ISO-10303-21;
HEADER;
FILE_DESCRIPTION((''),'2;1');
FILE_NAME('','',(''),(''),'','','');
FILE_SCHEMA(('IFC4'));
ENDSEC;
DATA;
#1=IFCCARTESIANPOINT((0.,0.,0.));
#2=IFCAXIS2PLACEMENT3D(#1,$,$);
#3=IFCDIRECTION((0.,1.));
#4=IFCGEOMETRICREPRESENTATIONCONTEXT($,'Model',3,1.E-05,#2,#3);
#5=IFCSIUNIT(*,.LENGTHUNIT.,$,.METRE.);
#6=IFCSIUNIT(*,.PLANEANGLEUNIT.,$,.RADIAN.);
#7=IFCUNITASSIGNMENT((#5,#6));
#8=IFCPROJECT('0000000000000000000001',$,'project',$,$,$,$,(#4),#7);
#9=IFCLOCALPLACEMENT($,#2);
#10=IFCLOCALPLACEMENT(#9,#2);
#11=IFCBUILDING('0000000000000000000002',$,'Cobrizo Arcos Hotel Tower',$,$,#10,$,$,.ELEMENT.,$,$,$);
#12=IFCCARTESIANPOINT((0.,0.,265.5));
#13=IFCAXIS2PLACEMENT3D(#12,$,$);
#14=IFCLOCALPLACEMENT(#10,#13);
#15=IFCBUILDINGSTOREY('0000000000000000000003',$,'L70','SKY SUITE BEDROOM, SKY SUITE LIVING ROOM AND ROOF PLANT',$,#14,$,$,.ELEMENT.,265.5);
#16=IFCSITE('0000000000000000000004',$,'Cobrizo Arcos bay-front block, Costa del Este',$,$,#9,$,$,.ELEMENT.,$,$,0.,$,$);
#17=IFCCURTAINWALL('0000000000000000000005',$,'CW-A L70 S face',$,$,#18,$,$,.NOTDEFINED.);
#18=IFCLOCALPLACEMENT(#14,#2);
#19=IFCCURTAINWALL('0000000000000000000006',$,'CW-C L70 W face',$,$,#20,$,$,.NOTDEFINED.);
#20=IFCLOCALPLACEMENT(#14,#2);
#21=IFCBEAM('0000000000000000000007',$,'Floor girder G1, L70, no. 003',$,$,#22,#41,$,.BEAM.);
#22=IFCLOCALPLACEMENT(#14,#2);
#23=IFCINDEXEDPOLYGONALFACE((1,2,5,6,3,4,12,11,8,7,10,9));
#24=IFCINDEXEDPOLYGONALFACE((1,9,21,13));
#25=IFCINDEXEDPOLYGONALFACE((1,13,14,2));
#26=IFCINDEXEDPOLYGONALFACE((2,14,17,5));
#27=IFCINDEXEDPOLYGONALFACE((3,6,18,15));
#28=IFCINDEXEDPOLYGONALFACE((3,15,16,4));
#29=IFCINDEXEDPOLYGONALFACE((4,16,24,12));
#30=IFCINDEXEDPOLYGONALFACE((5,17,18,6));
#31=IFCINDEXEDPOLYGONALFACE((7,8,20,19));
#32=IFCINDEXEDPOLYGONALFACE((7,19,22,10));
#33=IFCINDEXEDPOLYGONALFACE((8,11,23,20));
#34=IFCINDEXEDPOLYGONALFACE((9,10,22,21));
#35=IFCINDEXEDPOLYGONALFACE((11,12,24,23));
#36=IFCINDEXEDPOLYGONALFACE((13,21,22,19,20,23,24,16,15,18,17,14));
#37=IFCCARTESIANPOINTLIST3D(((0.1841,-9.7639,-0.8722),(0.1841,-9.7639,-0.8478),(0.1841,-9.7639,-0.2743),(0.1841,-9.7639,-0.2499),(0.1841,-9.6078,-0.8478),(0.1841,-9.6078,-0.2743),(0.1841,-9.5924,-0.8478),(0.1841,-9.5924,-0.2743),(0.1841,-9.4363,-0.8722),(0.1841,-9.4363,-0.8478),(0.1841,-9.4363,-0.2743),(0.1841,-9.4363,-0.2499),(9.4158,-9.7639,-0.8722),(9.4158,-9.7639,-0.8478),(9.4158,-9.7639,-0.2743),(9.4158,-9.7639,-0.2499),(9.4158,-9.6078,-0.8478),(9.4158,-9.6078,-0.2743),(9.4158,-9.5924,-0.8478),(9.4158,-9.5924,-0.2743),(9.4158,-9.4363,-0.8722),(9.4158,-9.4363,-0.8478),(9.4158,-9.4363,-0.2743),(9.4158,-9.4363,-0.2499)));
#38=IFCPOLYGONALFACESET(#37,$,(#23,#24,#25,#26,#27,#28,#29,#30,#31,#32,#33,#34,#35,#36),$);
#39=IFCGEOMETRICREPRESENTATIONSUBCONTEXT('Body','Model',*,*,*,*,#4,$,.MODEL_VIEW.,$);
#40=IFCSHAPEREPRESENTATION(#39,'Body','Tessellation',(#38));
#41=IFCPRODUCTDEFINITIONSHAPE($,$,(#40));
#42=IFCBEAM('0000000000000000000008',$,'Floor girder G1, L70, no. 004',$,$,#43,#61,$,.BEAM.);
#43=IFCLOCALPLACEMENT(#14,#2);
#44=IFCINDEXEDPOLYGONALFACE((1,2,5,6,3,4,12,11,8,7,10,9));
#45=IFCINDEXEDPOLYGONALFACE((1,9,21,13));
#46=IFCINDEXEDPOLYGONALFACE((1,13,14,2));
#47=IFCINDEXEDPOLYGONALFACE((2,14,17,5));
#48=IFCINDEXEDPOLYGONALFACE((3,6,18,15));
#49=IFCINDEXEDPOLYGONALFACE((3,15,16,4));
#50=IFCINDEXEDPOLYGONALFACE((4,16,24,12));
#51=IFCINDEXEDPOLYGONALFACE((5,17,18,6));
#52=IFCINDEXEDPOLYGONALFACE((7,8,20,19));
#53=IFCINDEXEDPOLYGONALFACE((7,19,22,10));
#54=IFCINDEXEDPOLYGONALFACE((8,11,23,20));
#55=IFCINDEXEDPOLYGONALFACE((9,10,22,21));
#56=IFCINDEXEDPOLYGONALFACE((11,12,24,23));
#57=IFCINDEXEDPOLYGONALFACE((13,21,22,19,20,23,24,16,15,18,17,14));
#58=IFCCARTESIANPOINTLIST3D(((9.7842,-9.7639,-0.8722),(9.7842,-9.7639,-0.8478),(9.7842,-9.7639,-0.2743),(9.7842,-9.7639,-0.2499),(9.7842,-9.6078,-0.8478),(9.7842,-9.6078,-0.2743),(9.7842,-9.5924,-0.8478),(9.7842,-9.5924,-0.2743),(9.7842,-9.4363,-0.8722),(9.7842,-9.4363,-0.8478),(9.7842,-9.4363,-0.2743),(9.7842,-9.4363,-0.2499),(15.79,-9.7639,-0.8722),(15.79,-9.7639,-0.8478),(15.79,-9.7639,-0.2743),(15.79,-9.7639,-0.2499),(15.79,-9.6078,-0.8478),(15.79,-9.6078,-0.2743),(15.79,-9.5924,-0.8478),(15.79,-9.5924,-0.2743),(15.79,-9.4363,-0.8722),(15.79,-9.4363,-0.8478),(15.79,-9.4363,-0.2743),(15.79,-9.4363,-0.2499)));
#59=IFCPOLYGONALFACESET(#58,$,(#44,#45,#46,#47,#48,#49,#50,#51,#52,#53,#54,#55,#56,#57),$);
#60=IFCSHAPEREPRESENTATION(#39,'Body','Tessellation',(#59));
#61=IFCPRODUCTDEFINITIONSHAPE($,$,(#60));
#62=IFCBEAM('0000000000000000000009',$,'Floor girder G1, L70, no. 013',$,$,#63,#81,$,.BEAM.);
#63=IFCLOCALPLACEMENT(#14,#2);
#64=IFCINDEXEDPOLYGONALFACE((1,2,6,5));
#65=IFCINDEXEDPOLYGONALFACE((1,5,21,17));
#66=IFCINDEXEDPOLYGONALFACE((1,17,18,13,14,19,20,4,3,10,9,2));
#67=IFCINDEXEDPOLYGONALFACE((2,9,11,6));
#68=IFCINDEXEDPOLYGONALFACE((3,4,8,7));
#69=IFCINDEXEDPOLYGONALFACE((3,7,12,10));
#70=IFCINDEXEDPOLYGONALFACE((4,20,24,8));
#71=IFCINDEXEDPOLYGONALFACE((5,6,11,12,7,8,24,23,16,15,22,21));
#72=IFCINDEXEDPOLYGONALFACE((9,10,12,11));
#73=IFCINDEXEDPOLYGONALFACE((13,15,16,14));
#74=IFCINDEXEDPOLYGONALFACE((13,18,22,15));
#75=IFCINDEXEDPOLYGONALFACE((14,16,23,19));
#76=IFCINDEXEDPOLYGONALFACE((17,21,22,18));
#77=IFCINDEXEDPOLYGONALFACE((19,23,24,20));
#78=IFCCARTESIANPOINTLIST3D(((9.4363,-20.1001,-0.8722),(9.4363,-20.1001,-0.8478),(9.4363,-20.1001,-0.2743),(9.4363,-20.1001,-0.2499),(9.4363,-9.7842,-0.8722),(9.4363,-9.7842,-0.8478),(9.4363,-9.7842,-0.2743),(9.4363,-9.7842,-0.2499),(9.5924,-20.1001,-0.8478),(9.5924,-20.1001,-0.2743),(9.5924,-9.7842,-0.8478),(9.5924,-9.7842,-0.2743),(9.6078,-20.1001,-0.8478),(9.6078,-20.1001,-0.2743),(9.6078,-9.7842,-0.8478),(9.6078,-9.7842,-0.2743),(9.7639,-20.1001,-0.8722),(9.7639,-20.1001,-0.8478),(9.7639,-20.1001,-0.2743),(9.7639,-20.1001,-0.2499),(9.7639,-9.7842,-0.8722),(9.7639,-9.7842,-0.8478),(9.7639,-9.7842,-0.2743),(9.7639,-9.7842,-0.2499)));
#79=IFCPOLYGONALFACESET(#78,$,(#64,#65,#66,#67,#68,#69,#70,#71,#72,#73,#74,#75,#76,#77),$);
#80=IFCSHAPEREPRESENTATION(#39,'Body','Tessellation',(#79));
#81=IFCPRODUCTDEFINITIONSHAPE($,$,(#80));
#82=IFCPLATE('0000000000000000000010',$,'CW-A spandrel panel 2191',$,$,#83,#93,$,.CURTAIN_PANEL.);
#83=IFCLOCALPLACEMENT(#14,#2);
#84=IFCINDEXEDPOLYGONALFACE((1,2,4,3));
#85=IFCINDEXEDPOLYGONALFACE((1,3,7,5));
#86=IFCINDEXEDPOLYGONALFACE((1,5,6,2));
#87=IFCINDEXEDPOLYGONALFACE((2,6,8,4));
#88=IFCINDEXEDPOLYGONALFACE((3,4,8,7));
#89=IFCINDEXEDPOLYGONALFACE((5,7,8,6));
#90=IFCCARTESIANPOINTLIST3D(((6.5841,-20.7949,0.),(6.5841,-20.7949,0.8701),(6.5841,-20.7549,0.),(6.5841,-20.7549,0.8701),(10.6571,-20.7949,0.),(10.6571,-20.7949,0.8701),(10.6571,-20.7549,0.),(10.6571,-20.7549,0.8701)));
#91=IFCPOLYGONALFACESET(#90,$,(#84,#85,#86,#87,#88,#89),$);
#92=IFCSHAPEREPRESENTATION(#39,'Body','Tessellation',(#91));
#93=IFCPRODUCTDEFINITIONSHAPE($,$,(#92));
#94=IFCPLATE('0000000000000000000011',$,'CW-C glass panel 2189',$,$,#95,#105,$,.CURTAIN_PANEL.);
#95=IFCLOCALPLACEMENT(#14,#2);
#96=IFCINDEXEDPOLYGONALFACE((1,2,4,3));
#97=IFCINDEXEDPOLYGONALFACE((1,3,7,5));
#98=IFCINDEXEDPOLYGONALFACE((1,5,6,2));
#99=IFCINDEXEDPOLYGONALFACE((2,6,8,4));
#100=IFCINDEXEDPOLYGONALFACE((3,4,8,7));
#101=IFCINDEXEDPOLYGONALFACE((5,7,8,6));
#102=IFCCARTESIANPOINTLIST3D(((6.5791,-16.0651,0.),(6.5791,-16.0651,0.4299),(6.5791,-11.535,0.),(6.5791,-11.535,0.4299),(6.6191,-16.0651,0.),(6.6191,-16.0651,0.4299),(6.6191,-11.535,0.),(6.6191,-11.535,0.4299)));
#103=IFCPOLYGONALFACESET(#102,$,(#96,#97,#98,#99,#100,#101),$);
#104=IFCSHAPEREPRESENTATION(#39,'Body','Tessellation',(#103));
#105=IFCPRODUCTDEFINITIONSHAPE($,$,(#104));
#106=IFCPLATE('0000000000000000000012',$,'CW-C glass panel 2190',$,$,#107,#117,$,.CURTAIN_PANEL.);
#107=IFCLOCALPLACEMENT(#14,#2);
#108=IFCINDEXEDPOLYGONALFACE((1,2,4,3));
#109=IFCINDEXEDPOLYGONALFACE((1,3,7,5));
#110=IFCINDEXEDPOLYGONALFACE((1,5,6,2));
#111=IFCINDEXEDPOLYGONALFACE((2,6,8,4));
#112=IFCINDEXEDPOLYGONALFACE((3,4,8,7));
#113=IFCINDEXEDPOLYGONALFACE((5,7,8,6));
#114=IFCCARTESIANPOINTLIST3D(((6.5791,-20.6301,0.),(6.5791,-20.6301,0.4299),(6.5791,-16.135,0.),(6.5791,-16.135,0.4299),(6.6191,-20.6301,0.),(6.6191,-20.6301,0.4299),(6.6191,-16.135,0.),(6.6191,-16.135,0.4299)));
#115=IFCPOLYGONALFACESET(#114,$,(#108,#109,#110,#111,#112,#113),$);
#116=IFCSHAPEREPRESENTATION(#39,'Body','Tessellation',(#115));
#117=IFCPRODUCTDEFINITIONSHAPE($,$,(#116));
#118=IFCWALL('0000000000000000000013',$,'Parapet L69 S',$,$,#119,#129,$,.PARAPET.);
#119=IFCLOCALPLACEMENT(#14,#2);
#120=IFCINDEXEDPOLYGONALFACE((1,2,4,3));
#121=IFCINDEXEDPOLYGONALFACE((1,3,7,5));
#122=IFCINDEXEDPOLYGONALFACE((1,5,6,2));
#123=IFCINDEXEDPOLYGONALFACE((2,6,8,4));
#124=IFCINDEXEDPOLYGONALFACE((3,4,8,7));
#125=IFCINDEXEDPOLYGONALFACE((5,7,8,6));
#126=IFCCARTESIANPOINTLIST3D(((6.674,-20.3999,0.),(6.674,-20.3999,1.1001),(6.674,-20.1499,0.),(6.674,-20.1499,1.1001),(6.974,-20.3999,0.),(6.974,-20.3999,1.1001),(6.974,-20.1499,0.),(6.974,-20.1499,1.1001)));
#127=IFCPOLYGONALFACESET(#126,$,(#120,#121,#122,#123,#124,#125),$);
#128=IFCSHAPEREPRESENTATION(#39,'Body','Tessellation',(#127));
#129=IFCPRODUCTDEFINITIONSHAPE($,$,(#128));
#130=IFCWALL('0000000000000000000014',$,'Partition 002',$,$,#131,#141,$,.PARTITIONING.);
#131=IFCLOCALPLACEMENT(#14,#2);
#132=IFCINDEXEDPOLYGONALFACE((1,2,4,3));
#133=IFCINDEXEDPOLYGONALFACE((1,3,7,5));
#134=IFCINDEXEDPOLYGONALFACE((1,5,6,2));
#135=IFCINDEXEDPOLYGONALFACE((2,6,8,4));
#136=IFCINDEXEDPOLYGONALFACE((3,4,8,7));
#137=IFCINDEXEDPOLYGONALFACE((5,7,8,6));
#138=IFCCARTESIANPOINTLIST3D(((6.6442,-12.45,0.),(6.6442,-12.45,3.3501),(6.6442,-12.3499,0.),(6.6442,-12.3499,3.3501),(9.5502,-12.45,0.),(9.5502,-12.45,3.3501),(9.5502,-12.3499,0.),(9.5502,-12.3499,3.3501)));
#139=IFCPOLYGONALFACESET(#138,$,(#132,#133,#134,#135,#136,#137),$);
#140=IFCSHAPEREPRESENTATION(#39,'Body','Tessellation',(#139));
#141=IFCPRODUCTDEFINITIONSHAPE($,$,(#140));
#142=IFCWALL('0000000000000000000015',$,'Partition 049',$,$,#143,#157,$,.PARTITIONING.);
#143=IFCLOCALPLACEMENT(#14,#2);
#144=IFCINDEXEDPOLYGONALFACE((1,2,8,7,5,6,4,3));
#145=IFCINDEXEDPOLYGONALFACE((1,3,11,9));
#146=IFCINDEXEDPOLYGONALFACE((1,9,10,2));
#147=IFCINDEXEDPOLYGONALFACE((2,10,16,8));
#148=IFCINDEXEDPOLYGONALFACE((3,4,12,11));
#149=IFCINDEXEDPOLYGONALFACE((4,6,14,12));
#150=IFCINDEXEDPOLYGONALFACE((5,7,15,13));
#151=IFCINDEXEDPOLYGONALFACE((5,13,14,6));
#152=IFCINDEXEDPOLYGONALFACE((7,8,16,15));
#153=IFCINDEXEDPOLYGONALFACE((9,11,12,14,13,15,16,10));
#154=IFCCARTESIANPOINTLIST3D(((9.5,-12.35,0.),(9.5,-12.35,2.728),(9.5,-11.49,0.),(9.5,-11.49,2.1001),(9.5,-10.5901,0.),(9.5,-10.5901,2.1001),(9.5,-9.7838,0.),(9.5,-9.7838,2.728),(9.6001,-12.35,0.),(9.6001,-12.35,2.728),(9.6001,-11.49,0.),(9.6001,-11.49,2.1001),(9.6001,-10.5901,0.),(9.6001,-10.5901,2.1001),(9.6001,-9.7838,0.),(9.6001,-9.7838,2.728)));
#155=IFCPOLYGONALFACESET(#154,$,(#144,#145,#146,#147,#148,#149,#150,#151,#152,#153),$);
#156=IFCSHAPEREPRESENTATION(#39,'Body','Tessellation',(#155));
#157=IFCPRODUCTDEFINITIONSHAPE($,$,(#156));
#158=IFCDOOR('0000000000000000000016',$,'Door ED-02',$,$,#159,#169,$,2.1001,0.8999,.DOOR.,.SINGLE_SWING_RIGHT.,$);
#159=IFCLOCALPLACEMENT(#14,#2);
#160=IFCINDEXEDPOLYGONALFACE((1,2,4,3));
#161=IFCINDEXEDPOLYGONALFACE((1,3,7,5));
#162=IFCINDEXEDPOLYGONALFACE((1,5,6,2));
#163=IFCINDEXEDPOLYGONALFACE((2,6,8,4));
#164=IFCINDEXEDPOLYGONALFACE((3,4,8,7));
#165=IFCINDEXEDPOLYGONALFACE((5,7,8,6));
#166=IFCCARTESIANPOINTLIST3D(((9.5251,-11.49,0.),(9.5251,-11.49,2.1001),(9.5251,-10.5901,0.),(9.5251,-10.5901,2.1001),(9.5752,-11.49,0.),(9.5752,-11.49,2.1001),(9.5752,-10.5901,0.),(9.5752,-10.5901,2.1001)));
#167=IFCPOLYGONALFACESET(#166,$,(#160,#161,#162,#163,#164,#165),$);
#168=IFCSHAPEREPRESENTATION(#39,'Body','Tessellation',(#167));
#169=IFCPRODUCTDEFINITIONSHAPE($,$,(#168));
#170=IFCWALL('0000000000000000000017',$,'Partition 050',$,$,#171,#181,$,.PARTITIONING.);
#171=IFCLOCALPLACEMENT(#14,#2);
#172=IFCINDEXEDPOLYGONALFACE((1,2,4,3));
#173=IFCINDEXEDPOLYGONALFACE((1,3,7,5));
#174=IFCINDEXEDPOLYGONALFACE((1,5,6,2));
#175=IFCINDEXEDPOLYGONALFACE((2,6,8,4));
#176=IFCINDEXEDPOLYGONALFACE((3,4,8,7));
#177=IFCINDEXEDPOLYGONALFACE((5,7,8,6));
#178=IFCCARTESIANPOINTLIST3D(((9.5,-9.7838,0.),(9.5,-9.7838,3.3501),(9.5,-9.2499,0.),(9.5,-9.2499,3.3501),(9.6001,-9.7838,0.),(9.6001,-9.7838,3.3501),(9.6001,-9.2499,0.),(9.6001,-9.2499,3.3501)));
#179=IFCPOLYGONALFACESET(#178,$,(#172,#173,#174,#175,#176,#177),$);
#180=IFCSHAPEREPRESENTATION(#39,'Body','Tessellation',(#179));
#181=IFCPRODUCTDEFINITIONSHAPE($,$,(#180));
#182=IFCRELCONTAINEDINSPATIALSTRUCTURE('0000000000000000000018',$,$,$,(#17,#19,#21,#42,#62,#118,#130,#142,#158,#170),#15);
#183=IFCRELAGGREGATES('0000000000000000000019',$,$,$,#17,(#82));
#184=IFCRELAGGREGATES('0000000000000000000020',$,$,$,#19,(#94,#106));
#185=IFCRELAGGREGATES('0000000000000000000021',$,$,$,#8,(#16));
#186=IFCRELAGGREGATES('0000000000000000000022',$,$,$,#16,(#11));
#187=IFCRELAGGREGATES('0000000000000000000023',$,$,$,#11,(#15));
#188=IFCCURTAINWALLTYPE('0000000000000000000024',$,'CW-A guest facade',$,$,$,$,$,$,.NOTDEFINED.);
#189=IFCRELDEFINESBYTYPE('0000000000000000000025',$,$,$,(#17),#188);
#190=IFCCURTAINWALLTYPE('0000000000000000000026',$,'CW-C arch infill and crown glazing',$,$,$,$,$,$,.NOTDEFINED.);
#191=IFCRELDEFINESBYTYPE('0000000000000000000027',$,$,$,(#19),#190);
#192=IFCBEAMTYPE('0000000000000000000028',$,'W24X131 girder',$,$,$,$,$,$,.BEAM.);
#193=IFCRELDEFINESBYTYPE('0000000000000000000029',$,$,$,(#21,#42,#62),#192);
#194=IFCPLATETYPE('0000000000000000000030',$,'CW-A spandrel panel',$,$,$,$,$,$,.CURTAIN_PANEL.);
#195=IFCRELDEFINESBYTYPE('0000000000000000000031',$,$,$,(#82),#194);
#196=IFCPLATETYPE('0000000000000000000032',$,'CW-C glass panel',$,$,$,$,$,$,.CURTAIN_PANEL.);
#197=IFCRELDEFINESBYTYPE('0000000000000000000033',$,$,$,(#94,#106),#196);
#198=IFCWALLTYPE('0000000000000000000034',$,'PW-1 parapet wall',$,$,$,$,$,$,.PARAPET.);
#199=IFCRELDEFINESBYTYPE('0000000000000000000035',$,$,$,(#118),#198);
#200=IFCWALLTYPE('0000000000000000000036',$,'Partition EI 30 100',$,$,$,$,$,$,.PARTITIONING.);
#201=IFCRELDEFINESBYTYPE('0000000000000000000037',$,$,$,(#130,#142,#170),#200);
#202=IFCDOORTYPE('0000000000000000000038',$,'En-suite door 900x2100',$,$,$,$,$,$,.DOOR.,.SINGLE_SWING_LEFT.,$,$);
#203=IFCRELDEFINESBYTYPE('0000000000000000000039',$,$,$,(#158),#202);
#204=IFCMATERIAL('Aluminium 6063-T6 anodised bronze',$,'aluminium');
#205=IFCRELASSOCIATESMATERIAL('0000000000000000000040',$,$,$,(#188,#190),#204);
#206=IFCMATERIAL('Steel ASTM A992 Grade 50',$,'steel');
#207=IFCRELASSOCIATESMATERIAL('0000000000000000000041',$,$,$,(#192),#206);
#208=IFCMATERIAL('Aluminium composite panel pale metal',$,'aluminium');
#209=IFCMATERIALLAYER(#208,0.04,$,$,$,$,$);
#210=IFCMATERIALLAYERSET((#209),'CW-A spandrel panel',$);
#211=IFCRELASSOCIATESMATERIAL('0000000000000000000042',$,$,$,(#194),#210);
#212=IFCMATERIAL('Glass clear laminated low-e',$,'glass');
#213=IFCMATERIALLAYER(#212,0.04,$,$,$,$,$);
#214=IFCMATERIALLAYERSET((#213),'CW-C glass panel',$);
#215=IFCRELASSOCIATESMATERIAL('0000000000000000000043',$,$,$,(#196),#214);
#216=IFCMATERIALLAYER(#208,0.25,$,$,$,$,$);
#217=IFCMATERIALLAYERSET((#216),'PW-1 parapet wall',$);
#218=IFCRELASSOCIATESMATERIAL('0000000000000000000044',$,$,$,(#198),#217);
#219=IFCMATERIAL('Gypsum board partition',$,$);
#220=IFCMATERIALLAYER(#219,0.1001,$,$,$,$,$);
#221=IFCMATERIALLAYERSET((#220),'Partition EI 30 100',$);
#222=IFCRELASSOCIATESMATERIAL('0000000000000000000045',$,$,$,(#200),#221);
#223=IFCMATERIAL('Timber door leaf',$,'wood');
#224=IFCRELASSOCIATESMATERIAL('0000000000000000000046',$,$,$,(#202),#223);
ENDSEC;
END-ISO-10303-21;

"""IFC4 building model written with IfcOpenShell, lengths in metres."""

from ifc_helpers import new_model, si_unit, direction, frame, frame_2d, origin, origin_2d, place, context, subcontext, project, spatial, rectangle, i_section, extrude, material, layer, layer_set, material_profile, profile_set, type_object, element, fill, aggregate, save


model = new_model("IFC4")

# Units and contexts
model_context = context("Model", 3, precision=1e-05, world=origin(), true_north=direction((0.0, 1.0)))
body_context = subcontext(model_context, "Body", "Model", "MODEL_VIEW")
ifc_project = project(units=[si_unit("LENGTHUNIT", "METRE"), si_unit("PLANEANGLEUNIT", "RADIAN")], contexts=[model_context])

# Site, building, storey
site_placement = place(None, origin())
site = spatial("IfcSite", under=ifc_project, at=site_placement, Name="Cobrizo Arcos bay-front block, Costa del Este", CompositionType="ELEMENT", RefElevation=0.0)
building_placement = place(site_placement, origin())
building = spatial("IfcBuilding", under=site, at=building_placement, Name="Cobrizo Arcos Hotel Tower", CompositionType="ELEMENT")
storey_placement = place(building_placement, frame((0.0, 0.0, 265.5)))
storey = spatial("IfcBuildingStorey", under=building, at=storey_placement, Name="L70", Description="SKY SUITE BEDROOM, SKY SUITE LIVING ROOM AND ROOF PLANT", CompositionType="ELEMENT", Elevation=265.5)

# Shared definitions
ifc_material_1 = material(Name="Steel ASTM A992 Grade 50", Category="steel")

# Curtain walls
ifc_material_2 = material(Name="Aluminium 6063-T6 anodised bronze", Category="aluminium")
curtain_wall_type_1 = type_object("IfcCurtainWallType", Name="CW-A guest facade", PredefinedType="NOTDEFINED", material=ifc_material_2)
curtain_wall_1_placement = place(storey_placement, origin())
curtain_wall_1 = element("IfcCurtainWall", 1, at=curtain_wall_1_placement, inside=storey, type_object=curtain_wall_type_1, Name="CW-A L70 S face", PredefinedType="NOTDEFINED")
curtain_wall_type_2 = type_object("IfcCurtainWallType", Name="CW-C arch infill and crown glazing", PredefinedType="NOTDEFINED", material=ifc_material_2)
curtain_wall_2_placement = place(storey_placement, origin())
curtain_wall_2 = element("IfcCurtainWall", 2, at=curtain_wall_2_placement, inside=storey, type_object=curtain_wall_type_2, Name="CW-C L70 W face", PredefinedType="NOTDEFINED")

# Beams
ifc_material_profile_1 = material_profile(ifc_material_1, i_section(OverallWidth=0.3276, OverallDepth=0.6223, WebThickness=0.0154, FlangeThickness=0.0244, at=origin_2d()), Name="W24X131")
ifc_profile_set_1 = profile_set([ifc_material_profile_1], Name="Steel ASTM A992 Grade 50")
beam_type_1 = type_object("IfcBeamType", Name="W24X131 girder", PredefinedType="BEAM", material=ifc_profile_set_1)
beam_1_placement = place(storey_placement, frame((0.1841, -9.6001, -0.561), z_axis=(1.0, 0.0, 0.0), x_axis=(0.0, 1.0, 0.0)))
element("IfcBeam", 3, at=beam_1_placement, inside=storey, type_object=beam_type_1, Name="Floor girder G1, L70, no. 003", PredefinedType="BEAM", context=body_context, shape_type="SweptSolid", body=[
    extrude(i_section(OverallWidth=0.3276, OverallDepth=0.6223, WebThickness=0.0154, FlangeThickness=0.0244, at=origin_2d()), origin(), (0.0, 0.0, 1.0), 9.2317),
])
beam_2_placement = place(storey_placement, frame((9.7842, -9.6001, -0.561), z_axis=(1.0, 0.0, 0.0), x_axis=(0.0, 1.0, 0.0)))
element("IfcBeam", 4, at=beam_2_placement, inside=storey, type_object=beam_type_1, Name="Floor girder G1, L70, no. 004", PredefinedType="BEAM", context=body_context, shape_type="SweptSolid", body=[
    extrude(i_section(OverallWidth=0.3276, OverallDepth=0.6223, WebThickness=0.0154, FlangeThickness=0.0244, at=origin_2d()), origin(), (0.0, 0.0, 1.0), 6.0059),
])
beam_3_placement = place(storey_placement, frame((9.6001, -20.1001, -0.561), z_axis=(0.0, 1.0, 0.0), x_axis=(-1.0, 0.0, 0.0)))
element("IfcBeam", 5, at=beam_3_placement, inside=storey, type_object=beam_type_1, Name="Floor girder G1, L70, no. 013", PredefinedType="BEAM", context=body_context, shape_type="SweptSolid", body=[
    extrude(i_section(OverallWidth=0.3276, OverallDepth=0.6223, WebThickness=0.0154, FlangeThickness=0.0244, at=origin_2d()), origin(), (0.0, 0.0, 1.0), 10.3159),
])

# Plates
ifc_material_3 = material(Name="Aluminium composite panel pale metal", Category="aluminium")
ifc_layer_1 = layer(ifc_material_3, 0.04)
ifc_layer_set_1 = layer_set([ifc_layer_1], Name="CW-A spandrel panel")
plate_type_1 = type_object("IfcPlateType", Name="CW-A spandrel panel", PredefinedType="CURTAIN_PANEL", material=ifc_layer_set_1)
plate_1_placement = place(storey_placement, frame((8.6206, -20.7749, 0.0), z_axis=(0.0, 0.0, 1.0), x_axis=(1.0, 0.0, 0.0)))
plate_1 = element("IfcPlate", 6, at=plate_1_placement, type_object=plate_type_1, Name="CW-A spandrel panel 2191", PredefinedType="CURTAIN_PANEL", context=body_context, shape_type="SweptSolid", body=[
    extrude(rectangle(XDim=4.073, YDim=0.04, at=origin_2d()), origin(), (0.0, 0.0, 1.0), 0.8701),
])
aggregate(curtain_wall_1, [plate_1])
ifc_material_4 = material(Name="Glass clear laminated low-e", Category="glass")
ifc_layer_2 = layer(ifc_material_4, 0.04)
ifc_layer_set_2 = layer_set([ifc_layer_2], Name="CW-C glass panel")
plate_type_2 = type_object("IfcPlateType", Name="CW-C glass panel", PredefinedType="CURTAIN_PANEL", material=ifc_layer_set_2)
plate_2_placement = place(storey_placement, frame((6.5991, -13.8, 0.0), z_axis=(0.0, 0.0, 1.0), x_axis=(0.0, -1.0, 0.0)))
plate_2 = element("IfcPlate", 7, at=plate_2_placement, type_object=plate_type_2, Name="CW-C glass panel 2189", PredefinedType="CURTAIN_PANEL", context=body_context, shape_type="SweptSolid", body=[
    extrude(rectangle(XDim=4.53, YDim=0.04, at=origin_2d()), origin(), (0.0, 0.0, 1.0), 0.4299),
])
plate_3_placement = place(storey_placement, frame((6.5991, -18.3826, 0.0), z_axis=(0.0, 0.0, 1.0), x_axis=(0.0, -1.0, 0.0)))
plate_3 = element("IfcPlate", 8, at=plate_3_placement, type_object=plate_type_2, Name="CW-C glass panel 2190", PredefinedType="CURTAIN_PANEL", context=body_context, shape_type="SweptSolid", body=[
    extrude(rectangle(XDim=4.4951, YDim=0.04, at=origin_2d()), origin(), (0.0, 0.0, 1.0), 0.4299),
])
aggregate(curtain_wall_2, [plate_2, plate_3])

# Walls
ifc_layer_3 = layer(ifc_material_3, 0.25)
ifc_layer_set_3 = layer_set([ifc_layer_3], Name="PW-1 parapet wall")
wall_type_1 = type_object("IfcWallType", Name="PW-1 parapet wall", PredefinedType="PARAPET", material=ifc_layer_set_3)
wall_1_placement = place(storey_placement, frame((6.6741, -20.2749, 0.0), z_axis=(0.0, 0.0, 1.0), x_axis=(1.0, 0.0, 0.0)))
element("IfcWall", 9, at=wall_1_placement, inside=storey, type_object=wall_type_1, Name="Parapet L69 S", PredefinedType="PARAPET", context=body_context, shape_type="SweptSolid", body=[
    extrude(rectangle(XDim=0.3, YDim=0.25, at=frame_2d((0.1499, 0.0))), origin(), (0.0, 0.0, 1.0), 1.1001),
])
ifc_material_5 = material(Name="Gypsum board partition")
ifc_layer_4 = layer(ifc_material_5, 0.1001)
ifc_layer_set_4 = layer_set([ifc_layer_4], Name="Partition EI 30 100")
wall_type_2 = type_object("IfcWallType", Name="Partition EI 30 100", PredefinedType="PARTITIONING", material=ifc_layer_set_4)
wall_2_placement = place(storey_placement, frame((6.644, -12.3999, 0.0), z_axis=(0.0, 0.0, 1.0), x_axis=(1.0, 0.0, 0.0)))
element("IfcWall", 10, at=wall_2_placement, inside=storey, type_object=wall_type_2, Name="Partition 002", PredefinedType="PARTITIONING", context=body_context, shape_type="SweptSolid", body=[
    extrude(rectangle(XDim=2.906, YDim=0.1001, at=frame_2d((1.4531, 0.0))), origin(), (0.0, 0.0, 1.0), 3.3501),
])

# Wall, opening, door
wall_3_placement = place(storey_placement, frame((9.55, -12.3501, 0.0), z_axis=(0.0, 0.0, 1.0), x_axis=(0.0, 1.0, 0.0)))
wall_3 = element("IfcWall", 11, at=wall_3_placement, inside=storey, type_object=wall_type_2, Name="Partition 049", PredefinedType="PARTITIONING", context=body_context, shape_type="SweptSolid", body=[
    extrude(rectangle(XDim=2.5662, YDim=0.1001, at=frame_2d((1.2832, 0.0))), origin(), (0.0, 0.0, 1.0), 2.728),
])
opening_placement = place(wall_3_placement, frame((0.8601, 0.0, 0.0)))
opening = element("IfcOpeningElement", 12, at=opening_placement, cuts=wall_3, PredefinedType="OPENING", context=body_context, shape_type="SweptSolid", body=[
    extrude(rectangle(XDim=0.8999, YDim=2.1001, at=frame_2d((0.45, 1.05))), frame((0.0, 0.062, 0.0), z_axis=(0.0, -1.0, 0.0), x_axis=(1.0, 0.0, 0.0)), (0.0, 0.0, 1.0), 0.124),
])
ifc_material_6 = material(Name="Timber door leaf", Category="wood")
door_type = type_object("IfcDoorType", Name="En-suite door 900x2100", OperationType="SINGLE_SWING_LEFT", PredefinedType="DOOR", material=ifc_material_6)
door_placement = place(opening_placement, origin())
door = element("IfcDoor", 13, at=door_placement, inside=storey, type_object=door_type, Name="Door ED-02", OperationType="SINGLE_SWING_RIGHT", OverallHeight=2.1001, OverallWidth=0.8999, PredefinedType="DOOR", context=body_context, shape_type="SweptSolid", body=[
    extrude(rectangle(XDim=0.8999, YDim=2.1001, at=frame_2d((0.45, 1.05))), frame((0.0, 0.0249, 0.0), z_axis=(0.0, -1.0, 0.0), x_axis=(1.0, 0.0, 0.0)), (0.0, 0.0, 1.0), 0.05),
])
fill(opening, door)

# Wall
wall_4_placement = place(storey_placement, frame((9.55, -9.7839, 0.0), z_axis=(0.0, 0.0, 1.0), x_axis=(0.0, 1.0, 0.0)))
element("IfcWall", 14, at=wall_4_placement, inside=storey, type_object=wall_type_2, Name="Partition 050", PredefinedType="PARTITIONING", context=body_context, shape_type="SweptSolid", body=[
    extrude(rectangle(XDim=0.5339, YDim=0.1001, at=frame_2d((0.2671, 0.0))), origin(), (0.0, 0.0, 1.0), 3.3501),
])

save(model, "model.ifc")
